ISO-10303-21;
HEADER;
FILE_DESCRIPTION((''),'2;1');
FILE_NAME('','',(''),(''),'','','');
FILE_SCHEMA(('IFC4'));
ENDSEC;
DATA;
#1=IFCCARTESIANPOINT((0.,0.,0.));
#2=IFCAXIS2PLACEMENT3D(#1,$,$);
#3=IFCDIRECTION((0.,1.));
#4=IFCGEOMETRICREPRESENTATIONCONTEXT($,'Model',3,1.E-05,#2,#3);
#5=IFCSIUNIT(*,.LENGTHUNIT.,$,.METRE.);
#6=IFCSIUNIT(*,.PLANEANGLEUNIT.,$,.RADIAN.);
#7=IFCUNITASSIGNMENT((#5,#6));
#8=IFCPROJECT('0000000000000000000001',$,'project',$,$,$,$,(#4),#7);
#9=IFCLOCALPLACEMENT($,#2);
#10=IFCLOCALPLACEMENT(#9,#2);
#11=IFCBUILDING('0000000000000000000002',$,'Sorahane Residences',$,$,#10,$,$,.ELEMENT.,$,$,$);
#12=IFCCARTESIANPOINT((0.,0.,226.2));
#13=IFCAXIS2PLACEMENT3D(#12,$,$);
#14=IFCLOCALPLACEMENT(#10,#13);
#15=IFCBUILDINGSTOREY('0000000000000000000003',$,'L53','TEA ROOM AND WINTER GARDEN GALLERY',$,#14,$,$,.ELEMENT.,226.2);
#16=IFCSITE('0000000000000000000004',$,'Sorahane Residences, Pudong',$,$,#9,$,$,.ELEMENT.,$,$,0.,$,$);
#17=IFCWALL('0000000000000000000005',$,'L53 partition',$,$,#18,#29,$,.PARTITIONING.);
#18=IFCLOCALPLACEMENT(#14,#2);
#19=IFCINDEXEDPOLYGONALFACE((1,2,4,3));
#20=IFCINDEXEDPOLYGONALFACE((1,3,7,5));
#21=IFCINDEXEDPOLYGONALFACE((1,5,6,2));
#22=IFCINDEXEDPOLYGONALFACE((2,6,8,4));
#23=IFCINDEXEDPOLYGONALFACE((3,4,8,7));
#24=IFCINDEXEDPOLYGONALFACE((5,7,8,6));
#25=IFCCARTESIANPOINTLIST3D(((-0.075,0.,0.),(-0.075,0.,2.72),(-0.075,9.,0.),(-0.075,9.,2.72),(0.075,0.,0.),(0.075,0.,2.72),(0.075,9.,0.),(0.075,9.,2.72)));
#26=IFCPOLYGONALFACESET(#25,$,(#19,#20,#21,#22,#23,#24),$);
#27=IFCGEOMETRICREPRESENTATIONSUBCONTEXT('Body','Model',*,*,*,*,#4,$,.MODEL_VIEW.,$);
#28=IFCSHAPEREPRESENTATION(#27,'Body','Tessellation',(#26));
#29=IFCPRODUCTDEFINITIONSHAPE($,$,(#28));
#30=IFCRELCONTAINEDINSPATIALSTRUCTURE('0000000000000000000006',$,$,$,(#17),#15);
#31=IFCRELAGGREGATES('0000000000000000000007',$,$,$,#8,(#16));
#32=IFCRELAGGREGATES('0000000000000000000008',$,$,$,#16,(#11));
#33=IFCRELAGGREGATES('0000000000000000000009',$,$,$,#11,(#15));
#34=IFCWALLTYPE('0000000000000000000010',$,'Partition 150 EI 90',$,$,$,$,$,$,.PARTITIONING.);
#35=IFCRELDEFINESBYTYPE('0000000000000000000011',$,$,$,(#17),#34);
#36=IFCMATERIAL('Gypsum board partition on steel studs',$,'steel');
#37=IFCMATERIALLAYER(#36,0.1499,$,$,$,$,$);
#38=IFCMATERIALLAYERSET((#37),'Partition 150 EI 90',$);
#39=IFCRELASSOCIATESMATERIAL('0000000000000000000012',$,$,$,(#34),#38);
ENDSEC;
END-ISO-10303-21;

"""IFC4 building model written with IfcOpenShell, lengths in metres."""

from ifc_helpers import new_model, si_unit, direction, frame, frame_2d, origin, place, context, subcontext, project, spatial, rectangle, extrude, material, layer, layer_set, type_object, element, save


model = new_model("IFC4")

# Units and contexts
model_context = context("Model", 3, precision=1e-05, world=origin(), true_north=direction((0.0, 1.0)))
body_context = subcontext(model_context, "Body", "Model", "MODEL_VIEW")
ifc_project = project(units=[si_unit("LENGTHUNIT", "METRE"), si_unit("PLANEANGLEUNIT", "RADIAN")], contexts=[model_context])

# Site, building, storey
site_placement = place(None, origin())
site = spatial("IfcSite", under=ifc_project, at=site_placement, Name="Sorahane Residences, Pudong", CompositionType="ELEMENT", RefElevation=0.0)
building_placement = place(site_placement, origin())
building = spatial("IfcBuilding", under=site, at=building_placement, Name="Sorahane Residences", CompositionType="ELEMENT")
storey_placement = place(building_placement, frame((0.0, 0.0, 226.2)))
storey = spatial("IfcBuildingStorey", under=building, at=storey_placement, Name="L53", Description="TEA ROOM AND WINTER GARDEN GALLERY", CompositionType="ELEMENT", Elevation=226.2)

# Wall
ifc_material_1 = material(Name="Gypsum board partition on steel studs", Category="steel")
ifc_layer_1 = layer(ifc_material_1, 0.1499)
ifc_layer_set_1 = layer_set([ifc_layer_1], Name="Partition 150 EI 90")
wall_type = type_object("IfcWallType", Name="Partition 150 EI 90", PredefinedType="PARTITIONING", material=ifc_layer_set_1)
wall_1_placement = place(storey_placement, frame((0.0, 0.0, 0.0), z_axis=(0.0, 0.0, 1.0), x_axis=(0.0, 1.0, 0.0)))
element("IfcWall", 1, at=wall_1_placement, inside=storey, type_object=wall_type, Name="L53 partition", PredefinedType="PARTITIONING", context=body_context, shape_type="SweptSolid", body=[
    extrude(rectangle(XDim=9.0, YDim=0.1499, at=frame_2d((4.5, 0.0))), origin(), (0.0, 0.0, 1.0), 2.72),
])

save(model, "model.ifc")
